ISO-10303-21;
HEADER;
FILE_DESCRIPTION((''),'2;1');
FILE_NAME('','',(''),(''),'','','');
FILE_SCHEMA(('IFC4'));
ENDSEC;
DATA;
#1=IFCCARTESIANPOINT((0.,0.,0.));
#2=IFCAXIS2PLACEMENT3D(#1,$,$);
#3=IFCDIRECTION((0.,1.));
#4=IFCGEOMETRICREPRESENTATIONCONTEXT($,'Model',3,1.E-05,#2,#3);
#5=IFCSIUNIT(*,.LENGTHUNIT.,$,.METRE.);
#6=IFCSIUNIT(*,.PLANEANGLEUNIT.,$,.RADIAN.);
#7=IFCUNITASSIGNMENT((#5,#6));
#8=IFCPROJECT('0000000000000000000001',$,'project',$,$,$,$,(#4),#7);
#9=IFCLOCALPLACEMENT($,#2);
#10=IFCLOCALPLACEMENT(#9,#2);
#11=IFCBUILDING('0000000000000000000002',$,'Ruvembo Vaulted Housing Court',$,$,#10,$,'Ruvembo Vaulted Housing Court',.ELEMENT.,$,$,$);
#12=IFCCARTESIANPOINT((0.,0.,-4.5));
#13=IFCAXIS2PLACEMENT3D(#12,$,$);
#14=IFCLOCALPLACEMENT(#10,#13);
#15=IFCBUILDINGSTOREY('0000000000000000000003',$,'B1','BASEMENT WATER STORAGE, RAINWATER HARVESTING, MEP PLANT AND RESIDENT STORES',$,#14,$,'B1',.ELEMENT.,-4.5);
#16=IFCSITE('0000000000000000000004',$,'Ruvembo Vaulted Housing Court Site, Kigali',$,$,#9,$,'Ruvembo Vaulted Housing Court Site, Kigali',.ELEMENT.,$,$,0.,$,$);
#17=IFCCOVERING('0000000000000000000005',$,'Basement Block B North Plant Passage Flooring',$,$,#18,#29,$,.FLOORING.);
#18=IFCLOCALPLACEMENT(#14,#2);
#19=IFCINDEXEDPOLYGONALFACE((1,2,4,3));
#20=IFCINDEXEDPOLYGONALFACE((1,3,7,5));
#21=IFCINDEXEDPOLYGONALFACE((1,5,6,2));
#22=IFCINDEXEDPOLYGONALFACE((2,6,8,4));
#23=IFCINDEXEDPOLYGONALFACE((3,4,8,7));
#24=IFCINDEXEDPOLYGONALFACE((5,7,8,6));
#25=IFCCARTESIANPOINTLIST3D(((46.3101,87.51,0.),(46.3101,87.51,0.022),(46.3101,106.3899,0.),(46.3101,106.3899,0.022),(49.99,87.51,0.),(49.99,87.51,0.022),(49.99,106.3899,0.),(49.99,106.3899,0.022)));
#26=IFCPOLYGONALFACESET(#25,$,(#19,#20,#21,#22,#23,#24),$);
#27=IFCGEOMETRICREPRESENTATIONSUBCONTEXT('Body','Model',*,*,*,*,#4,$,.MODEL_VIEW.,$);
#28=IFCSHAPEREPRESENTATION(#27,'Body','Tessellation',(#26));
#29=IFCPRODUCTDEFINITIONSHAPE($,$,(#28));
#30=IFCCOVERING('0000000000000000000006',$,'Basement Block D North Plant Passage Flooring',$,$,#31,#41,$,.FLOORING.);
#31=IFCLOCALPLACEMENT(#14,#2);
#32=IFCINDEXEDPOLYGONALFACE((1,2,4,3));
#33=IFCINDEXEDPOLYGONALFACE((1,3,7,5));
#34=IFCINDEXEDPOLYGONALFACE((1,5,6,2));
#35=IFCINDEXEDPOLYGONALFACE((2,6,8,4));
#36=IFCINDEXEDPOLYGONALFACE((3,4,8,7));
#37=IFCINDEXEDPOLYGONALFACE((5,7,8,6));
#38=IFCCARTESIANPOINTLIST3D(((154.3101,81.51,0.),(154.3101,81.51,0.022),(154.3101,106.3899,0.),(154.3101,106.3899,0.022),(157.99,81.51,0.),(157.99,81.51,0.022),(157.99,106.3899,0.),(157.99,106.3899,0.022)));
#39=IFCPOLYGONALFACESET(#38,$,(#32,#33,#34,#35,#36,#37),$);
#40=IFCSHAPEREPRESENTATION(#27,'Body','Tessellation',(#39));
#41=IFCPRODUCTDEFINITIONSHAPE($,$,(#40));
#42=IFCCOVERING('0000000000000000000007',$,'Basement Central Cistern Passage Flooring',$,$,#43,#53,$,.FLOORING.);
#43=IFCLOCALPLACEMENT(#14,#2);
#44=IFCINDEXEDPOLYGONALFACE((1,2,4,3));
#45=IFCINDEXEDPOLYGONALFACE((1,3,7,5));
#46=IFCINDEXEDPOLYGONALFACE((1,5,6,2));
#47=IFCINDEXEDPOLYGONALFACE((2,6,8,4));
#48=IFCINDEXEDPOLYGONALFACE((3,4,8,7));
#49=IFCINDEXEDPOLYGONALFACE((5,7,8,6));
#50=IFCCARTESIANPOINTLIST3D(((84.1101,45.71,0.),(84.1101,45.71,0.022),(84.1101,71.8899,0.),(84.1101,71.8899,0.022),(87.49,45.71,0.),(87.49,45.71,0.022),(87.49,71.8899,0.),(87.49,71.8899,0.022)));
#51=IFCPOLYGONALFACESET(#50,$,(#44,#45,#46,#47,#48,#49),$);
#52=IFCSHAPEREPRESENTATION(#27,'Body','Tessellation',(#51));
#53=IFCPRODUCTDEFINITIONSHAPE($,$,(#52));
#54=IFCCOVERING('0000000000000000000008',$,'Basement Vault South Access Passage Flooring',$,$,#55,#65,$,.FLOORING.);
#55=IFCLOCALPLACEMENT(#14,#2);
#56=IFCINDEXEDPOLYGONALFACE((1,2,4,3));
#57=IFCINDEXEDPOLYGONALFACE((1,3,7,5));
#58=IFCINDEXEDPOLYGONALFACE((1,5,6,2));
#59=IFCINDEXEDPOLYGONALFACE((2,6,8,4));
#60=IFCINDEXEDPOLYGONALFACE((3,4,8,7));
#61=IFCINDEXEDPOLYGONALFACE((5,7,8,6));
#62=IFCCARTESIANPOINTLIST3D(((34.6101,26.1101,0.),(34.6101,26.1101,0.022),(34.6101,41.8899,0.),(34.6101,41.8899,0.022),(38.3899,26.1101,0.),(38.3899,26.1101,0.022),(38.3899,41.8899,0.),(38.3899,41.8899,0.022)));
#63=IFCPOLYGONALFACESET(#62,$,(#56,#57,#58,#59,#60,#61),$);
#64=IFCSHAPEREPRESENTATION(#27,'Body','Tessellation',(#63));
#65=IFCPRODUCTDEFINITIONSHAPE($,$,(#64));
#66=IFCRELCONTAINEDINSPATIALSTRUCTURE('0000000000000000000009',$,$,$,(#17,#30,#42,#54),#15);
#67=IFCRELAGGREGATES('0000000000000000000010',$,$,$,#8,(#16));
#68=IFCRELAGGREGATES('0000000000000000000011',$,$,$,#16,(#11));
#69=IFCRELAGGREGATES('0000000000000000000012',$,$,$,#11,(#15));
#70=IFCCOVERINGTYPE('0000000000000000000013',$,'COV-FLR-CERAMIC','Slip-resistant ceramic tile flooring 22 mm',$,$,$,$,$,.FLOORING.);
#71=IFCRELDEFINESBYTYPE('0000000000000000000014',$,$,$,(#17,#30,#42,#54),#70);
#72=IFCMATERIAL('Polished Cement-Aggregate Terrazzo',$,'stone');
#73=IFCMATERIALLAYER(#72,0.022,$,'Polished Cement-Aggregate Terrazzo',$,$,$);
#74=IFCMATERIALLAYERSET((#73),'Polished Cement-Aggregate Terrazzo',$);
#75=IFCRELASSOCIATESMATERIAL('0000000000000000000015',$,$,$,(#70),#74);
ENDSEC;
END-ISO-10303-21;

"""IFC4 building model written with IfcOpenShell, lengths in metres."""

from ifc_helpers import new_model, si_unit, direction, frame, origin, place, context, subcontext, project, spatial, polyline, outline, extrude, material, layer, layer_set, type_object, element, save


model = new_model("IFC4")

# Units and contexts
model_context = context("Model", 3, precision=1e-05, world=origin(), true_north=direction((0.0, 1.0)))
body_context = subcontext(model_context, "Body", "Model", "MODEL_VIEW")
ifc_project = project(units=[si_unit("LENGTHUNIT", "METRE"), si_unit("PLANEANGLEUNIT", "RADIAN")], contexts=[model_context])

# Site, building, storey
site_placement = place(None, origin())
site = spatial("IfcSite", under=ifc_project, at=site_placement, Name="Ruvembo Vaulted Housing Court Site, Kigali", LongName="Ruvembo Vaulted Housing Court Site, Kigali", CompositionType="ELEMENT", RefElevation=0.0)
building_placement = place(site_placement, origin())
building = spatial("IfcBuilding", under=site, at=building_placement, Name="Ruvembo Vaulted Housing Court", LongName="Ruvembo Vaulted Housing Court", CompositionType="ELEMENT")
storey_placement = place(building_placement, frame((0.0, 0.0, -4.5)))
storey = spatial("IfcBuildingStorey", under=building, at=storey_placement, Name="B1", Description="BASEMENT WATER STORAGE, RAINWATER HARVESTING, MEP PLANT AND RESIDENT STORES", LongName="B1", CompositionType="ELEMENT", Elevation=-4.5)

# Coverings
ifc_material_1 = material(Name="Polished Cement-Aggregate Terrazzo", Category="stone")
ifc_layer_1 = layer(ifc_material_1, 0.022, Name="Polished Cement-Aggregate Terrazzo")
ifc_layer_set_1 = layer_set([ifc_layer_1], Name="Polished Cement-Aggregate Terrazzo")
covering_type_1 = type_object("IfcCoveringType", Name="COV-FLR-CERAMIC", Description="Slip-resistant ceramic tile flooring 22 mm", PredefinedType="FLOORING", material=ifc_layer_set_1)
covering_1_placement = place(storey_placement, origin())
element("IfcCovering", 1, at=covering_1_placement, inside=storey, type_object=covering_type_1, Name="Basement Block B North Plant Passage Flooring", PredefinedType="FLOORING", context=body_context, shape_type="SweptSolid", body=[
    extrude(outline(polyline([(49.99, 87.51), (49.99, 106.3899), (46.3101, 106.3899), (46.3101, 87.51), (49.99, 87.51)])), origin(), (0.0, 0.0, 1.0), 0.022),
])
covering_2_placement = place(storey_placement, origin())
element("IfcCovering", 2, at=covering_2_placement, inside=storey, type_object=covering_type_1, Name="Basement Block D North Plant Passage Flooring", PredefinedType="FLOORING", context=body_context, shape_type="SweptSolid", body=[
    extrude(outline(polyline([(157.99, 81.51), (157.99, 106.3899), (154.3101, 106.3899), (154.3101, 81.51), (157.99, 81.51)])), origin(), (0.0, 0.0, 1.0), 0.022),
])
covering_3_placement = place(storey_placement, origin())
element("IfcCovering", 3, at=covering_3_placement, inside=storey, type_object=covering_type_1, Name="Basement Central Cistern Passage Flooring", PredefinedType="FLOORING", context=body_context, shape_type="SweptSolid", body=[
    extrude(outline(polyline([(87.49, 45.71), (87.49, 71.8899), (84.1101, 71.8899), (84.1101, 45.71), (87.49, 45.71)])), origin(), (0.0, 0.0, 1.0), 0.022),
])
covering_4_placement = place(storey_placement, origin())
element("IfcCovering", 4, at=covering_4_placement, inside=storey, type_object=covering_type_1, Name="Basement Vault South Access Passage Flooring", PredefinedType="FLOORING", context=body_context, shape_type="SweptSolid", body=[
    extrude(outline(polyline([(38.3899, 26.1101), (38.3899, 41.8899), (34.6101, 41.8899), (34.6101, 26.1101), (38.3899, 26.1101)])), origin(), (0.0, 0.0, 1.0), 0.022),
])

save(model, "model.ifc")
